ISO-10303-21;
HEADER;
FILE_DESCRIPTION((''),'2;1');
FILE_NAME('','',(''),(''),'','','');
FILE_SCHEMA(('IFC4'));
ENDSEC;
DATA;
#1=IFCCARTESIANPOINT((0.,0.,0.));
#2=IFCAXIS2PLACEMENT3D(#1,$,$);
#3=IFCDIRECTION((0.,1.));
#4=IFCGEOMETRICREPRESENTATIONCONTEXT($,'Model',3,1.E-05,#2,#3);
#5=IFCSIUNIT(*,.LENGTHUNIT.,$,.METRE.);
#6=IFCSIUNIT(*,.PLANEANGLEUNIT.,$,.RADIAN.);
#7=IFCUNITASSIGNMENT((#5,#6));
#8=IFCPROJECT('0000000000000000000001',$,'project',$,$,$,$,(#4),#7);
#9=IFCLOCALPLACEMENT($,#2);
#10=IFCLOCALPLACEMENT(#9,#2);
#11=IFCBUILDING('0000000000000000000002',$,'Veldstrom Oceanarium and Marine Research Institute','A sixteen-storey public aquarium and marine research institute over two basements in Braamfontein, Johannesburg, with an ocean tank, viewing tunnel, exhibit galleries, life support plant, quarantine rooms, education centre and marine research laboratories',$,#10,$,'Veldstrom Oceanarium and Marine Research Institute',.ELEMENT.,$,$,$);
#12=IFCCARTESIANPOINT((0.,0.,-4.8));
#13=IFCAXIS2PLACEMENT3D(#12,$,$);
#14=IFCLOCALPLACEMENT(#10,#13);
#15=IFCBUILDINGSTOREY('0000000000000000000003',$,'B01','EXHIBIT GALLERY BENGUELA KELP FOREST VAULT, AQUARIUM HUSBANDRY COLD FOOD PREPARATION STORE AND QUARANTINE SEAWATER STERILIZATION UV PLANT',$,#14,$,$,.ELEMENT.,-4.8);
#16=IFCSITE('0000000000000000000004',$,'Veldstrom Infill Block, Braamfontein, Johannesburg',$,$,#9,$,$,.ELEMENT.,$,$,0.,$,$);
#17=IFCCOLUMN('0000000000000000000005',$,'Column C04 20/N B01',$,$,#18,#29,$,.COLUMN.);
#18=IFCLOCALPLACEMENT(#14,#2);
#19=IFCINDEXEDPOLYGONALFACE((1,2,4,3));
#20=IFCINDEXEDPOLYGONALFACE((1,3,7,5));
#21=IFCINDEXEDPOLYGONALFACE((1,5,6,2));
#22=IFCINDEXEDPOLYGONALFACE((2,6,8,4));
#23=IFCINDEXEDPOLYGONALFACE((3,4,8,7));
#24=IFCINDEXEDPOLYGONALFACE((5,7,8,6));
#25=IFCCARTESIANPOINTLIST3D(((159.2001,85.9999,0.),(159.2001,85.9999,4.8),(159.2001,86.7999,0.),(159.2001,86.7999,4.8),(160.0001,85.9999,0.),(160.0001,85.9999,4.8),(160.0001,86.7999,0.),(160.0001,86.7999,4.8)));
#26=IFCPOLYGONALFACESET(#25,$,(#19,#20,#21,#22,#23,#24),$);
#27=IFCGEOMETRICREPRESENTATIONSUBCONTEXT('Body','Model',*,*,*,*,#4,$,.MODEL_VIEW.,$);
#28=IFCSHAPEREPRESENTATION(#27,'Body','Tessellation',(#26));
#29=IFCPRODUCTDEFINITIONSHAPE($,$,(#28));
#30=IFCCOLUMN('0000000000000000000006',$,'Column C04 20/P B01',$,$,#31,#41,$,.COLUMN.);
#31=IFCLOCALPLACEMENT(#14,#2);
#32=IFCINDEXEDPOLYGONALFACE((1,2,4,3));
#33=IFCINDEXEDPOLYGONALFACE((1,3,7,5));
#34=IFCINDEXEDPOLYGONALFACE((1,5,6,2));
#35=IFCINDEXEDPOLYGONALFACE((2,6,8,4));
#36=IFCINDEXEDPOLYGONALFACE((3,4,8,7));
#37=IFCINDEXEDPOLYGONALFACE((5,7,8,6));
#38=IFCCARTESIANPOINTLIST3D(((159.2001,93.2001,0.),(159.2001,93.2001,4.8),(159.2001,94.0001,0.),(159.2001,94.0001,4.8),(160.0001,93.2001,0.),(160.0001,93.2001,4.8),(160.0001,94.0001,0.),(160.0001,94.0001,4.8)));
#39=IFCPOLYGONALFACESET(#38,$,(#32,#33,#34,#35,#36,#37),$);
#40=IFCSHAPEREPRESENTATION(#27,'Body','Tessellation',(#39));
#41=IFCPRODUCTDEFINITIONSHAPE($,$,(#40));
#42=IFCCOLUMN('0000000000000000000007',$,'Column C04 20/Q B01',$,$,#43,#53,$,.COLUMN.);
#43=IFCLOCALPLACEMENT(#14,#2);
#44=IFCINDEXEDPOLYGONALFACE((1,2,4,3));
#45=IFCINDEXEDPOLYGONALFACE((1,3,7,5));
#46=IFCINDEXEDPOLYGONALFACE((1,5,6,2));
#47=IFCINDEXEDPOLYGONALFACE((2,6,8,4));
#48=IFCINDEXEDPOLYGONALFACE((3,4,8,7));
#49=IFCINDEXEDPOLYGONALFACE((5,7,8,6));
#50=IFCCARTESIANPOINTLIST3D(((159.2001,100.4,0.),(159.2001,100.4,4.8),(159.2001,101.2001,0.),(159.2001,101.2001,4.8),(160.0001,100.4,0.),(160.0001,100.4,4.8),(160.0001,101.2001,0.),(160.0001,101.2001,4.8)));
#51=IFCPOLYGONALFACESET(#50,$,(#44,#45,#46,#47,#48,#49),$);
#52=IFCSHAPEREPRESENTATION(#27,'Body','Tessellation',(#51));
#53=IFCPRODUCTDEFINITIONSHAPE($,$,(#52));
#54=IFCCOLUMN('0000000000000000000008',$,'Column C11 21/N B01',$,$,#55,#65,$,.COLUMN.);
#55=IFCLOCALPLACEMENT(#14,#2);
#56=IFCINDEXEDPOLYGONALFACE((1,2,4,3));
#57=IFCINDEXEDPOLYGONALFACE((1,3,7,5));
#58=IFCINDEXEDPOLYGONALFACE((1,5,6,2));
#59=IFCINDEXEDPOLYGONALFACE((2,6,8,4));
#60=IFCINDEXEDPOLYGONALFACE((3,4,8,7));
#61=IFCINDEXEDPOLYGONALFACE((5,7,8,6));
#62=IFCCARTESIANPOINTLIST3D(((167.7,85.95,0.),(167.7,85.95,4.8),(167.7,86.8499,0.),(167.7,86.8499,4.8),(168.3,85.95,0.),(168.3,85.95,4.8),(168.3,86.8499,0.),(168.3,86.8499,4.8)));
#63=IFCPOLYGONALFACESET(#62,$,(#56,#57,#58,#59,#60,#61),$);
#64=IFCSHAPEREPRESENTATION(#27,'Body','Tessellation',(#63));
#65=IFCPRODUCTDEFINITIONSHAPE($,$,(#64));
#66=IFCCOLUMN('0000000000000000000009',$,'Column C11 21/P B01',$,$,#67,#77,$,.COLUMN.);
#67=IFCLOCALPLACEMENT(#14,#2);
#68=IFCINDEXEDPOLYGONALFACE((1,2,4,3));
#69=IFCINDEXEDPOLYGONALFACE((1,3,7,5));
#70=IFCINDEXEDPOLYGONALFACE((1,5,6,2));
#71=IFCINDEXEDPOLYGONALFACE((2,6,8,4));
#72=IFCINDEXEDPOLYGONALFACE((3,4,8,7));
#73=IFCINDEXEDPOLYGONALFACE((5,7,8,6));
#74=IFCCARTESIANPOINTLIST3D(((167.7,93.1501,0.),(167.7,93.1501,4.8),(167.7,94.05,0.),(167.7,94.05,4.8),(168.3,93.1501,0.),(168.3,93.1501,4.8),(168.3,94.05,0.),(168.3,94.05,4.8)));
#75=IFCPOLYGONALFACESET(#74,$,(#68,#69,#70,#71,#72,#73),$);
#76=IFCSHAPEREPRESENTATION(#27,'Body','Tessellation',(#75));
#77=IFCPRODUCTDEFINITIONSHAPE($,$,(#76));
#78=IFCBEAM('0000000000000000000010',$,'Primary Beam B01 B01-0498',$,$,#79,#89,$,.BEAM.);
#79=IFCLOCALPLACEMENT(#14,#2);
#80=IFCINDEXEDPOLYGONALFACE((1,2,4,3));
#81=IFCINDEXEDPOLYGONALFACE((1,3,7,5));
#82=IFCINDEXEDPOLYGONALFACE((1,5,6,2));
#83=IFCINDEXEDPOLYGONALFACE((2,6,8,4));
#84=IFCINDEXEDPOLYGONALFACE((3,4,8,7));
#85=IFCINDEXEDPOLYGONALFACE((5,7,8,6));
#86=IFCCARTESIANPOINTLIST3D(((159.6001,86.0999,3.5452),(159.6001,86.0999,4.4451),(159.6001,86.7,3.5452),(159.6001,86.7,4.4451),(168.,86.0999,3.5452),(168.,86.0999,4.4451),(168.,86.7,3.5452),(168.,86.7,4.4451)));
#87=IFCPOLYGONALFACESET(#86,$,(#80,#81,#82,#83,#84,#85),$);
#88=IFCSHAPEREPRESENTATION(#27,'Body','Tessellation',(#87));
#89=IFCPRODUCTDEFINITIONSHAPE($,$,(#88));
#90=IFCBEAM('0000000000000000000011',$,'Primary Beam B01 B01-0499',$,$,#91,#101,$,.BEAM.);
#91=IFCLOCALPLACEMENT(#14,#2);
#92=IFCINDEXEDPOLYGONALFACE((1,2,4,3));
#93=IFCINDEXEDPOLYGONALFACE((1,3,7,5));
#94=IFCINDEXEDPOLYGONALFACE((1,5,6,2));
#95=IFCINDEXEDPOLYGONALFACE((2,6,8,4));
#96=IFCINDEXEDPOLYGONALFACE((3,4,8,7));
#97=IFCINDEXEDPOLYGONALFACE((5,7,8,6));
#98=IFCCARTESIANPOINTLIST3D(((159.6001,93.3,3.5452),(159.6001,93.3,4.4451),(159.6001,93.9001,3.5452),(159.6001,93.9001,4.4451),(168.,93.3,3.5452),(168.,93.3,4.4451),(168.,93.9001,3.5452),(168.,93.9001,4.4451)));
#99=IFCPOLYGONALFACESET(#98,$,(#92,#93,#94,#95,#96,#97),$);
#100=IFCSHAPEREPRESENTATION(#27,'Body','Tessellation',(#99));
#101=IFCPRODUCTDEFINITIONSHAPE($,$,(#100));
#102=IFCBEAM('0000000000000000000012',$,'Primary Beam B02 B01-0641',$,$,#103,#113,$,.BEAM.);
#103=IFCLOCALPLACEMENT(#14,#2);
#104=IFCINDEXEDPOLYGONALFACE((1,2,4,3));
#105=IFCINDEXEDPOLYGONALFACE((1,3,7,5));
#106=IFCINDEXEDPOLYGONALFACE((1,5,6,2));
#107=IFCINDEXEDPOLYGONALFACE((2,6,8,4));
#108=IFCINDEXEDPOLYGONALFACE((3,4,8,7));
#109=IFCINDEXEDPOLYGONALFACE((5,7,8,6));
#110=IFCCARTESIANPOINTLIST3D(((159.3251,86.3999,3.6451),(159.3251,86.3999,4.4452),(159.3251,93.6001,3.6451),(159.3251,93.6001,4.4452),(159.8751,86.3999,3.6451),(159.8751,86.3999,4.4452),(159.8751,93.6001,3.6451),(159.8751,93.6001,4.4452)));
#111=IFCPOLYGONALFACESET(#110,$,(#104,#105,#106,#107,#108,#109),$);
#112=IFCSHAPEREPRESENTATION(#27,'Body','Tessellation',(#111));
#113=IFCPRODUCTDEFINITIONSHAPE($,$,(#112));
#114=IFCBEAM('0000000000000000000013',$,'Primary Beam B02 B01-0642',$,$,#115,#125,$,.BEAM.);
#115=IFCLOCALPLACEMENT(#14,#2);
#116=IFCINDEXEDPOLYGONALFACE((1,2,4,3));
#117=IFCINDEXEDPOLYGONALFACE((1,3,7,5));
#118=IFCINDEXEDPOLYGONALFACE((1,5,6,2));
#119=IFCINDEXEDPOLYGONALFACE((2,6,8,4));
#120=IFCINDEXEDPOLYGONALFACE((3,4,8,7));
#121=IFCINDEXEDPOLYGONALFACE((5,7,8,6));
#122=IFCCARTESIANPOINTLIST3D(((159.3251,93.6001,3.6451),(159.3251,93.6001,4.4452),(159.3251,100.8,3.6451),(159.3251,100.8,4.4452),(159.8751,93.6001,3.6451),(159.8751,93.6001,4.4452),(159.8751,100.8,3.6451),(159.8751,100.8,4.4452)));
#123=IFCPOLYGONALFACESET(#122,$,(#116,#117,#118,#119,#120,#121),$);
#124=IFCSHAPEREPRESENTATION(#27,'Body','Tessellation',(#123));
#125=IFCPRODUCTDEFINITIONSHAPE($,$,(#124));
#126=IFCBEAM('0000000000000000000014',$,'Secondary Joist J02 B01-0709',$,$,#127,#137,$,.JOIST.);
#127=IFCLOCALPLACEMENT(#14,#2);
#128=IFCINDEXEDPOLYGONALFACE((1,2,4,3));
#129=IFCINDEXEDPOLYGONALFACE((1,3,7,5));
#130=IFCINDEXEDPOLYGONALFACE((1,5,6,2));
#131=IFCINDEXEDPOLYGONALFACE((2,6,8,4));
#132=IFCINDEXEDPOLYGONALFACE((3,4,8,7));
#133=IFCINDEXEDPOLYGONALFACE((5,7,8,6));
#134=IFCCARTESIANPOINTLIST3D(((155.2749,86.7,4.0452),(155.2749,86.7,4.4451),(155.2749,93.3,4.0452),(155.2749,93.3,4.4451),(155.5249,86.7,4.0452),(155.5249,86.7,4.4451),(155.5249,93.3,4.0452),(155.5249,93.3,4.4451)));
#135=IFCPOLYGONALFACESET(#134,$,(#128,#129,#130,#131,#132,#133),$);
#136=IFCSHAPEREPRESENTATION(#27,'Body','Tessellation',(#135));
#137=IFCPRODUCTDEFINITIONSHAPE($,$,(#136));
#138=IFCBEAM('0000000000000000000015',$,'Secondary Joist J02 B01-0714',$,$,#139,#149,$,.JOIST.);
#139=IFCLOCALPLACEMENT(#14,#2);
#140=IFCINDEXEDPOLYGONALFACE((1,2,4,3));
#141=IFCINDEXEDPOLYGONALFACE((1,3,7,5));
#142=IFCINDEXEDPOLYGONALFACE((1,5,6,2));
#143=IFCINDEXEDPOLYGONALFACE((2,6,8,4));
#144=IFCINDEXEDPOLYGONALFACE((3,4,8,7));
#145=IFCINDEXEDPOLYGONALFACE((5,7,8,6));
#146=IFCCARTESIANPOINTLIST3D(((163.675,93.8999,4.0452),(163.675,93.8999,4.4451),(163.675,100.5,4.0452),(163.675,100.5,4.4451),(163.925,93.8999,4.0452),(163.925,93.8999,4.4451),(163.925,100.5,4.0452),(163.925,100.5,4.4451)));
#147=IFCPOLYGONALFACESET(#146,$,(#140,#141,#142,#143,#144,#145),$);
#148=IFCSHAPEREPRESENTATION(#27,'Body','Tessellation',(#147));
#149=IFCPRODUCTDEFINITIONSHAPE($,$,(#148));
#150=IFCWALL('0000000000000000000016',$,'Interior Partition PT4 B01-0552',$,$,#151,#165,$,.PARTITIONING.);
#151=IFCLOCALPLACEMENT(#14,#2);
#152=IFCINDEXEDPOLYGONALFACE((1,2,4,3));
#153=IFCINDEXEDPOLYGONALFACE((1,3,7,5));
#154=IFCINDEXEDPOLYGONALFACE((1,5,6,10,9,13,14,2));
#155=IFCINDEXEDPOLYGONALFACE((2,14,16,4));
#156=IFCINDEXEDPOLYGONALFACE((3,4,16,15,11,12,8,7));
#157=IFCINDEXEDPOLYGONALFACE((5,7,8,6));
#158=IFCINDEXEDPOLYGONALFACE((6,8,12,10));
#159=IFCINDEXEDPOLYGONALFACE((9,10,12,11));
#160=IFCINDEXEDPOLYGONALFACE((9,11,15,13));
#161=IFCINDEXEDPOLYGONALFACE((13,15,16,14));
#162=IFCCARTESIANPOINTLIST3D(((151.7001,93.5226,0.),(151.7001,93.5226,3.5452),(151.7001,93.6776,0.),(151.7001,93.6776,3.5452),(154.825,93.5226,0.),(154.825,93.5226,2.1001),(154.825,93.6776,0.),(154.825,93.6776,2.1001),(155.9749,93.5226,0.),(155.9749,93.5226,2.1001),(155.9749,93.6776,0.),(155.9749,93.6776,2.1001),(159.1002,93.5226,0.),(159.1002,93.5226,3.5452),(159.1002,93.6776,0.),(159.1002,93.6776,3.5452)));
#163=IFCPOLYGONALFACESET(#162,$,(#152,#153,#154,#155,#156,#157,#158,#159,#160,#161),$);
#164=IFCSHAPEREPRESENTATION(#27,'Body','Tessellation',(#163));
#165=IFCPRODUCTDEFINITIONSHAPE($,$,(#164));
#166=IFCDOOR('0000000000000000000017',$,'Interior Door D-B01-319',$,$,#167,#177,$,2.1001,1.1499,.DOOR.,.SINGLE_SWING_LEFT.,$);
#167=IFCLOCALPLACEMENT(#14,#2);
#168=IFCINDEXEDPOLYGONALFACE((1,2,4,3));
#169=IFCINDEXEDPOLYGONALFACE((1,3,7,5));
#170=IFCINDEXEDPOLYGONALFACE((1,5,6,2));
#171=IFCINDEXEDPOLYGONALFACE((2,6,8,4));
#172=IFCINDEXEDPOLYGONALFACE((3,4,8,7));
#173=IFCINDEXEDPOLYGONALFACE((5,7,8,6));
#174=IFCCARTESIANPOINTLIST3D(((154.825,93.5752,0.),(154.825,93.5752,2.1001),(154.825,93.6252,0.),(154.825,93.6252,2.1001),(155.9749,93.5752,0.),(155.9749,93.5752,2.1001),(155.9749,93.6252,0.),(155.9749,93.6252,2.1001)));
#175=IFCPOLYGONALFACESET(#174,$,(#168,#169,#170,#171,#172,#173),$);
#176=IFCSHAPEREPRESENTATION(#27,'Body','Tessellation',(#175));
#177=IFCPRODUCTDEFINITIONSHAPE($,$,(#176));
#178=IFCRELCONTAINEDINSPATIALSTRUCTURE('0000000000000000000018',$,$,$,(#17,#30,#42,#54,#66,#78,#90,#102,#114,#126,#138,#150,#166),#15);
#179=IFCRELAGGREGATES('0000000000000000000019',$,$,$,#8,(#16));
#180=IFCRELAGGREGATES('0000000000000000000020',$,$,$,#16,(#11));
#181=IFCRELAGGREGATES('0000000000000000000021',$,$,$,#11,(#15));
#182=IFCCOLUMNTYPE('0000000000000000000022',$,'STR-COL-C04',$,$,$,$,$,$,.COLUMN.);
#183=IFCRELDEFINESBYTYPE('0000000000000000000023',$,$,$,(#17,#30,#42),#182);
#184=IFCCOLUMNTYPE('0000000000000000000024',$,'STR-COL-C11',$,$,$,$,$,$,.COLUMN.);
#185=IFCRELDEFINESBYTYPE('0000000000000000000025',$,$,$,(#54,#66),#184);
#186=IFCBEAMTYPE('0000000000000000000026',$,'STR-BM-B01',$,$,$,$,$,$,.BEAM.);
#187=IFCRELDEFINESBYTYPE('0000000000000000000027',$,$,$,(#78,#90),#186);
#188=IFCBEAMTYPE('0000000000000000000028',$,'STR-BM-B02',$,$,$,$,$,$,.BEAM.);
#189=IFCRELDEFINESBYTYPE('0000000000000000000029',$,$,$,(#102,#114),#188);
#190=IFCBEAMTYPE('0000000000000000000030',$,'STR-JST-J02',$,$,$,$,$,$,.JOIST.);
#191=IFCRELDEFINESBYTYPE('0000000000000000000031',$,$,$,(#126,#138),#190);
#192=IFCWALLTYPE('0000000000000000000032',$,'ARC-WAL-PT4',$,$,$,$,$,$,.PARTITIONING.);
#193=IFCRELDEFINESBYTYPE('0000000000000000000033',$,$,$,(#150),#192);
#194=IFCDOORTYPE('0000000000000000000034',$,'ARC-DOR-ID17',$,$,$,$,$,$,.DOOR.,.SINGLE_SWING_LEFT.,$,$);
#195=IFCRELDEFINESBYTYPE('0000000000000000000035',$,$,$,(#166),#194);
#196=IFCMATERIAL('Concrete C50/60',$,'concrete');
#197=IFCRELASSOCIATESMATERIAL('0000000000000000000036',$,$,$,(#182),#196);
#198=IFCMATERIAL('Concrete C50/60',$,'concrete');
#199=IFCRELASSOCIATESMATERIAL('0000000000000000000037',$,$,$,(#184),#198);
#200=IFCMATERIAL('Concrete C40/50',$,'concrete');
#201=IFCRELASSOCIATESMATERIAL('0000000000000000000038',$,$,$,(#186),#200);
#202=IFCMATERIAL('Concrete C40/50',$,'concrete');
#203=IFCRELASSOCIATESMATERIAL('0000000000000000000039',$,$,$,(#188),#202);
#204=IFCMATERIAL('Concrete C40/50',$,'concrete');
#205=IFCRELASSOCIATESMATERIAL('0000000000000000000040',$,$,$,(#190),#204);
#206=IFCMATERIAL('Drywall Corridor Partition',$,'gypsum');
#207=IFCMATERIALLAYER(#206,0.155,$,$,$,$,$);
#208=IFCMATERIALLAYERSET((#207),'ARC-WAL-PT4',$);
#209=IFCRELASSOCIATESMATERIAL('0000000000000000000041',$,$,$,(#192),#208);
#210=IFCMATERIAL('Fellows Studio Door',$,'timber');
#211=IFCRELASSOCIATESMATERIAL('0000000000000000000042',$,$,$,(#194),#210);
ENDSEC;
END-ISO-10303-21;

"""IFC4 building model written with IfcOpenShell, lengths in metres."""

from ifc_helpers import new_model, si_unit, direction, frame, frame_2d, origin, origin_2d, place, context, subcontext, project, spatial, rectangle, extrude, material, layer, layer_set, material_profile, profile_set, type_object, element, fill, save


model = new_model("IFC4")

# Units and contexts
model_context = context("Model", 3, precision=1e-05, world=origin(), true_north=direction((0.0, 1.0)))
body_context = subcontext(model_context, "Body", "Model", "MODEL_VIEW")
ifc_project = project(units=[si_unit("LENGTHUNIT", "METRE"), si_unit("PLANEANGLEUNIT", "RADIAN")], contexts=[model_context])

# Site, building, storey
site_placement = place(None, origin())
site = spatial("IfcSite", under=ifc_project, at=site_placement, Name="Veldstrom Infill Block, Braamfontein, Johannesburg", CompositionType="ELEMENT", RefElevation=0.0)
building_placement = place(site_placement, origin())
building = spatial("IfcBuilding", under=site, at=building_placement, Name="Veldstrom Oceanarium and Marine Research Institute", Description="A sixteen-storey public aquarium and marine research institute over two basements in Braamfontein, Johannesburg, with an ocean tank, viewing tunnel, exhibit galleries, life support plant, quarantine rooms, education centre and marine research laboratories", LongName="Veldstrom Oceanarium and Marine Research Institute", CompositionType="ELEMENT")
storey_placement = place(building_placement, frame((0.0, 0.0, -4.8)))
storey = spatial("IfcBuildingStorey", under=building, at=storey_placement, Name="B01", Description="EXHIBIT GALLERY BENGUELA KELP FOREST VAULT, AQUARIUM HUSBANDRY COLD FOOD PREPARATION STORE AND QUARANTINE SEAWATER STERILIZATION UV PLANT", CompositionType="ELEMENT", Elevation=-4.8)

# Columns
ifc_material_1 = material(Name="Concrete C50/60", Category="concrete")
ifc_material_profile_1 = material_profile(ifc_material_1, rectangle(XDim=0.8, YDim=0.8, at=origin_2d()), Name="RC-COL-800x800")
ifc_profile_set_1 = profile_set([ifc_material_profile_1], Name="Concrete C50/60")
column_type_1 = type_object("IfcColumnType", Name="STR-COL-C04", PredefinedType="COLUMN", material=ifc_profile_set_1)
for number, where, z_axis, x_axis, name in (
    (1, (159.6001, 86.3999, 0.0), (0.0, 0.0, 1.0), (1.0, 0.0, 0.0), "Column C04 20/N B01"),
    (2, (159.6001, 93.6001, 0.0), (0.0, 0.0, 1.0), (1.0, 0.0, 0.0), "Column C04 20/P B01"),
    (3, (159.6001, 100.8, 0.0), (0.0, 0.0, 1.0), (1.0, 0.0, 0.0), "Column C04 20/Q B01"),
):
    element("IfcColumn", number, at=place(storey_placement, frame(where, z_axis=z_axis, x_axis=x_axis)), inside=storey, type_object=column_type_1, Name=name, PredefinedType="COLUMN", context=body_context, shape_type="SweptSolid", body=[
        extrude(rectangle(XDim=0.8, YDim=0.8, at=origin_2d()), origin(), (0.0, 0.0, 1.0), 4.8),
    ])
ifc_material_2 = material(Name="Concrete C50/60", Category="concrete")
ifc_material_profile_2 = material_profile(ifc_material_2, rectangle(XDim=0.6001, YDim=0.8999, at=origin_2d()), Name="RC-COL-900x600")
ifc_profile_set_2 = profile_set([ifc_material_profile_2], Name="Concrete C50/60")
column_type_2 = type_object("IfcColumnType", Name="STR-COL-C11", PredefinedType="COLUMN", material=ifc_profile_set_2)
for number, where, z_axis, x_axis, name in (
    (4, (168.0, 86.3999, 0.0), (0.0, 0.0, 1.0), (1.0, 0.0, 0.0), "Column C11 21/N B01"),
    (5, (168.0, 93.6001, 0.0), (0.0, 0.0, 1.0), (1.0, 0.0, 0.0), "Column C11 21/P B01"),
):
    element("IfcColumn", number, at=place(storey_placement, frame(where, z_axis=z_axis, x_axis=x_axis)), inside=storey, type_object=column_type_2, Name=name, PredefinedType="COLUMN", context=body_context, shape_type="SweptSolid", body=[
        extrude(rectangle(XDim=0.6001, YDim=0.8999, at=origin_2d()), origin(), (0.0, 0.0, 1.0), 4.8),
    ])

# Beams
ifc_material_3 = material(Name="Concrete C40/50", Category="concrete")
ifc_material_profile_3 = material_profile(ifc_material_3, rectangle(XDim=0.6001, YDim=0.8999, at=origin_2d()), Name="RC-BM-600x900")
ifc_profile_set_3 = profile_set([ifc_material_profile_3], Name="Concrete C40/50")
beam_type_1 = type_object("IfcBeamType", Name="STR-BM-B01", PredefinedType="BEAM", material=ifc_profile_set_3)
for number, where, z_axis, x_axis, name in (
    (6, (159.6001, 86.3999, 3.9951), (1.0, 0.0, 0.0), (0.0, 1.0, 0.0), "Primary Beam B01 B01-0498"),
    (7, (159.6001, 93.6001, 3.9951), (1.0, 0.0, 0.0), (0.0, 1.0, 0.0), "Primary Beam B01 B01-0499"),
):
    element("IfcBeam", number, at=place(storey_placement, frame(where, z_axis=z_axis, x_axis=x_axis)), inside=storey, type_object=beam_type_1, Name=name, PredefinedType="BEAM", context=body_context, shape_type="SweptSolid", body=[
        extrude(rectangle(XDim=0.6001, YDim=0.8999, at=origin_2d()), origin(), (0.0, 0.0, 1.0), 8.3999),
    ])
ifc_material_4 = material(Name="Concrete C40/50", Category="concrete")
ifc_material_profile_4 = material_profile(ifc_material_4, rectangle(XDim=0.55, YDim=0.8, at=origin_2d()), Name="RC-BM-550x800")
ifc_profile_set_4 = profile_set([ifc_material_profile_4], Name="Concrete C40/50")
beam_type_2 = type_object("IfcBeamType", Name="STR-BM-B02", PredefinedType="BEAM", material=ifc_profile_set_4)
beam_1_placement = place(storey_placement, frame((159.6001, 86.3999, 4.0452), z_axis=(0.0, 1.0, 0.0), x_axis=(-1.0, 0.0, 0.0)))
element("IfcBeam", 8, at=beam_1_placement, inside=storey, type_object=beam_type_2, Name="Primary Beam B02 B01-0641", PredefinedType="BEAM", context=body_context, shape_type="SweptSolid", body=[
    extrude(rectangle(XDim=0.55, YDim=0.8, at=origin_2d()), origin(), (0.0, 0.0, 1.0), 7.2002),
])
beam_2_placement = place(storey_placement, frame((159.6001, 93.6001, 4.0452), z_axis=(0.0, 1.0, 0.0), x_axis=(-1.0, 0.0, 0.0)))
element("IfcBeam", 9, at=beam_2_placement, inside=storey, type_object=beam_type_2, Name="Primary Beam B02 B01-0642", PredefinedType="BEAM", context=body_context, shape_type="SweptSolid", body=[
    extrude(rectangle(XDim=0.55, YDim=0.8, at=origin_2d()), origin(), (0.0, 0.0, 1.0), 7.2),
])
ifc_material_5 = material(Name="Concrete C40/50", Category="concrete")
ifc_material_profile_5 = material_profile(ifc_material_5, rectangle(XDim=0.25, YDim=0.3999, at=origin_2d()), Name="RC-JST-250x400")
ifc_profile_set_5 = profile_set([ifc_material_profile_5], Name="Concrete C40/50")
beam_type_3 = type_object("IfcBeamType", Name="STR-JST-J02", PredefinedType="JOIST", material=ifc_profile_set_5)
for number, where, z_axis, x_axis, name in (
    (10, (155.3999, 86.7, 4.2451), (0.0, 1.0, 0.0), (-1.0, 0.0, 0.0), "Secondary Joist J02 B01-0709"),
    (11, (163.8, 93.8999, 4.2451), (0.0, 1.0, 0.0), (-1.0, 0.0, 0.0), "Secondary Joist J02 B01-0714"),
):
    element("IfcBeam", number, at=place(storey_placement, frame(where, z_axis=z_axis, x_axis=x_axis)), inside=storey, type_object=beam_type_3, Name=name, PredefinedType="JOIST", context=body_context, shape_type="SweptSolid", body=[
        extrude(rectangle(XDim=0.25, YDim=0.3999, at=origin_2d()), origin(), (0.0, 0.0, 1.0), 6.6001),
    ])

# Wall, opening, door
ifc_material_6 = material(Name="Drywall Corridor Partition", Category="gypsum")
ifc_layer_1 = layer(ifc_material_6, 0.155)
ifc_layer_set_1 = layer_set([ifc_layer_1], Name="ARC-WAL-PT4")
wall_type_1 = type_object("IfcWallType", Name="ARC-WAL-PT4", PredefinedType="PARTITIONING", material=ifc_layer_set_1)
wall_1_placement = place(storey_placement, frame((151.7, 93.6001, 0.0), z_axis=(0.0, 0.0, 1.0), x_axis=(1.0, 0.0, 0.0)))
wall_1 = element("IfcWall", 12, at=wall_1_placement, inside=storey, type_object=wall_type_1, Name="Interior Partition PT4 B01-0552", PredefinedType="PARTITIONING", context=body_context, shape_type="SweptSolid", body=[
    extrude(rectangle(XDim=7.4001, YDim=0.155, at=frame_2d((3.7002, 0.0))), origin(), (0.0, 0.0, 1.0), 3.5452),
])
opening_1_placement = place(wall_1_placement, frame((3.125, 0.0, 0.0)))
opening_1 = element("IfcOpeningElement", 13, at=opening_1_placement, cuts=wall_1, PredefinedType="OPENING", context=body_context, shape_type="SweptSolid", body=[
    extrude(rectangle(XDim=1.1499, YDim=2.1001, at=frame_2d((0.575, 1.05))), frame((0.0, 0.0874, 0.0), z_axis=(0.0, -1.0, 0.0), x_axis=(1.0, 0.0, 0.0)), (0.0, 0.0, 1.0), 0.175),
])
ifc_material_7 = material(Name="Fellows Studio Door", Category="timber")
door_type_1 = type_object("IfcDoorType", Name="ARC-DOR-ID17", OperationType="SINGLE_SWING_LEFT", PredefinedType="DOOR", material=ifc_material_7)
door_1_placement = place(opening_1_placement, frame((1.1499, 0.0, 0.0), z_axis=(0.0, 0.0, 1.0), x_axis=(-1.0, 0.0, 0.0)))
door_1 = element("IfcDoor", 14, at=door_1_placement, inside=storey, type_object=door_type_1, Name="Interior Door D-B01-319", OperationType="SINGLE_SWING_LEFT", OverallHeight=2.1001, OverallWidth=1.1499, PredefinedType="DOOR", context=body_context, shape_type="SweptSolid", body=[
    extrude(rectangle(XDim=1.1499, YDim=2.1001, at=frame_2d((0.575, 1.05))), frame((0.0, 0.0249, 0.0), z_axis=(0.0, -1.0, 0.0), x_axis=(1.0, 0.0, 0.0)), (0.0, 0.0, 1.0), 0.05),
])
fill(opening_1, door_1)

save(model, "model.ifc")
